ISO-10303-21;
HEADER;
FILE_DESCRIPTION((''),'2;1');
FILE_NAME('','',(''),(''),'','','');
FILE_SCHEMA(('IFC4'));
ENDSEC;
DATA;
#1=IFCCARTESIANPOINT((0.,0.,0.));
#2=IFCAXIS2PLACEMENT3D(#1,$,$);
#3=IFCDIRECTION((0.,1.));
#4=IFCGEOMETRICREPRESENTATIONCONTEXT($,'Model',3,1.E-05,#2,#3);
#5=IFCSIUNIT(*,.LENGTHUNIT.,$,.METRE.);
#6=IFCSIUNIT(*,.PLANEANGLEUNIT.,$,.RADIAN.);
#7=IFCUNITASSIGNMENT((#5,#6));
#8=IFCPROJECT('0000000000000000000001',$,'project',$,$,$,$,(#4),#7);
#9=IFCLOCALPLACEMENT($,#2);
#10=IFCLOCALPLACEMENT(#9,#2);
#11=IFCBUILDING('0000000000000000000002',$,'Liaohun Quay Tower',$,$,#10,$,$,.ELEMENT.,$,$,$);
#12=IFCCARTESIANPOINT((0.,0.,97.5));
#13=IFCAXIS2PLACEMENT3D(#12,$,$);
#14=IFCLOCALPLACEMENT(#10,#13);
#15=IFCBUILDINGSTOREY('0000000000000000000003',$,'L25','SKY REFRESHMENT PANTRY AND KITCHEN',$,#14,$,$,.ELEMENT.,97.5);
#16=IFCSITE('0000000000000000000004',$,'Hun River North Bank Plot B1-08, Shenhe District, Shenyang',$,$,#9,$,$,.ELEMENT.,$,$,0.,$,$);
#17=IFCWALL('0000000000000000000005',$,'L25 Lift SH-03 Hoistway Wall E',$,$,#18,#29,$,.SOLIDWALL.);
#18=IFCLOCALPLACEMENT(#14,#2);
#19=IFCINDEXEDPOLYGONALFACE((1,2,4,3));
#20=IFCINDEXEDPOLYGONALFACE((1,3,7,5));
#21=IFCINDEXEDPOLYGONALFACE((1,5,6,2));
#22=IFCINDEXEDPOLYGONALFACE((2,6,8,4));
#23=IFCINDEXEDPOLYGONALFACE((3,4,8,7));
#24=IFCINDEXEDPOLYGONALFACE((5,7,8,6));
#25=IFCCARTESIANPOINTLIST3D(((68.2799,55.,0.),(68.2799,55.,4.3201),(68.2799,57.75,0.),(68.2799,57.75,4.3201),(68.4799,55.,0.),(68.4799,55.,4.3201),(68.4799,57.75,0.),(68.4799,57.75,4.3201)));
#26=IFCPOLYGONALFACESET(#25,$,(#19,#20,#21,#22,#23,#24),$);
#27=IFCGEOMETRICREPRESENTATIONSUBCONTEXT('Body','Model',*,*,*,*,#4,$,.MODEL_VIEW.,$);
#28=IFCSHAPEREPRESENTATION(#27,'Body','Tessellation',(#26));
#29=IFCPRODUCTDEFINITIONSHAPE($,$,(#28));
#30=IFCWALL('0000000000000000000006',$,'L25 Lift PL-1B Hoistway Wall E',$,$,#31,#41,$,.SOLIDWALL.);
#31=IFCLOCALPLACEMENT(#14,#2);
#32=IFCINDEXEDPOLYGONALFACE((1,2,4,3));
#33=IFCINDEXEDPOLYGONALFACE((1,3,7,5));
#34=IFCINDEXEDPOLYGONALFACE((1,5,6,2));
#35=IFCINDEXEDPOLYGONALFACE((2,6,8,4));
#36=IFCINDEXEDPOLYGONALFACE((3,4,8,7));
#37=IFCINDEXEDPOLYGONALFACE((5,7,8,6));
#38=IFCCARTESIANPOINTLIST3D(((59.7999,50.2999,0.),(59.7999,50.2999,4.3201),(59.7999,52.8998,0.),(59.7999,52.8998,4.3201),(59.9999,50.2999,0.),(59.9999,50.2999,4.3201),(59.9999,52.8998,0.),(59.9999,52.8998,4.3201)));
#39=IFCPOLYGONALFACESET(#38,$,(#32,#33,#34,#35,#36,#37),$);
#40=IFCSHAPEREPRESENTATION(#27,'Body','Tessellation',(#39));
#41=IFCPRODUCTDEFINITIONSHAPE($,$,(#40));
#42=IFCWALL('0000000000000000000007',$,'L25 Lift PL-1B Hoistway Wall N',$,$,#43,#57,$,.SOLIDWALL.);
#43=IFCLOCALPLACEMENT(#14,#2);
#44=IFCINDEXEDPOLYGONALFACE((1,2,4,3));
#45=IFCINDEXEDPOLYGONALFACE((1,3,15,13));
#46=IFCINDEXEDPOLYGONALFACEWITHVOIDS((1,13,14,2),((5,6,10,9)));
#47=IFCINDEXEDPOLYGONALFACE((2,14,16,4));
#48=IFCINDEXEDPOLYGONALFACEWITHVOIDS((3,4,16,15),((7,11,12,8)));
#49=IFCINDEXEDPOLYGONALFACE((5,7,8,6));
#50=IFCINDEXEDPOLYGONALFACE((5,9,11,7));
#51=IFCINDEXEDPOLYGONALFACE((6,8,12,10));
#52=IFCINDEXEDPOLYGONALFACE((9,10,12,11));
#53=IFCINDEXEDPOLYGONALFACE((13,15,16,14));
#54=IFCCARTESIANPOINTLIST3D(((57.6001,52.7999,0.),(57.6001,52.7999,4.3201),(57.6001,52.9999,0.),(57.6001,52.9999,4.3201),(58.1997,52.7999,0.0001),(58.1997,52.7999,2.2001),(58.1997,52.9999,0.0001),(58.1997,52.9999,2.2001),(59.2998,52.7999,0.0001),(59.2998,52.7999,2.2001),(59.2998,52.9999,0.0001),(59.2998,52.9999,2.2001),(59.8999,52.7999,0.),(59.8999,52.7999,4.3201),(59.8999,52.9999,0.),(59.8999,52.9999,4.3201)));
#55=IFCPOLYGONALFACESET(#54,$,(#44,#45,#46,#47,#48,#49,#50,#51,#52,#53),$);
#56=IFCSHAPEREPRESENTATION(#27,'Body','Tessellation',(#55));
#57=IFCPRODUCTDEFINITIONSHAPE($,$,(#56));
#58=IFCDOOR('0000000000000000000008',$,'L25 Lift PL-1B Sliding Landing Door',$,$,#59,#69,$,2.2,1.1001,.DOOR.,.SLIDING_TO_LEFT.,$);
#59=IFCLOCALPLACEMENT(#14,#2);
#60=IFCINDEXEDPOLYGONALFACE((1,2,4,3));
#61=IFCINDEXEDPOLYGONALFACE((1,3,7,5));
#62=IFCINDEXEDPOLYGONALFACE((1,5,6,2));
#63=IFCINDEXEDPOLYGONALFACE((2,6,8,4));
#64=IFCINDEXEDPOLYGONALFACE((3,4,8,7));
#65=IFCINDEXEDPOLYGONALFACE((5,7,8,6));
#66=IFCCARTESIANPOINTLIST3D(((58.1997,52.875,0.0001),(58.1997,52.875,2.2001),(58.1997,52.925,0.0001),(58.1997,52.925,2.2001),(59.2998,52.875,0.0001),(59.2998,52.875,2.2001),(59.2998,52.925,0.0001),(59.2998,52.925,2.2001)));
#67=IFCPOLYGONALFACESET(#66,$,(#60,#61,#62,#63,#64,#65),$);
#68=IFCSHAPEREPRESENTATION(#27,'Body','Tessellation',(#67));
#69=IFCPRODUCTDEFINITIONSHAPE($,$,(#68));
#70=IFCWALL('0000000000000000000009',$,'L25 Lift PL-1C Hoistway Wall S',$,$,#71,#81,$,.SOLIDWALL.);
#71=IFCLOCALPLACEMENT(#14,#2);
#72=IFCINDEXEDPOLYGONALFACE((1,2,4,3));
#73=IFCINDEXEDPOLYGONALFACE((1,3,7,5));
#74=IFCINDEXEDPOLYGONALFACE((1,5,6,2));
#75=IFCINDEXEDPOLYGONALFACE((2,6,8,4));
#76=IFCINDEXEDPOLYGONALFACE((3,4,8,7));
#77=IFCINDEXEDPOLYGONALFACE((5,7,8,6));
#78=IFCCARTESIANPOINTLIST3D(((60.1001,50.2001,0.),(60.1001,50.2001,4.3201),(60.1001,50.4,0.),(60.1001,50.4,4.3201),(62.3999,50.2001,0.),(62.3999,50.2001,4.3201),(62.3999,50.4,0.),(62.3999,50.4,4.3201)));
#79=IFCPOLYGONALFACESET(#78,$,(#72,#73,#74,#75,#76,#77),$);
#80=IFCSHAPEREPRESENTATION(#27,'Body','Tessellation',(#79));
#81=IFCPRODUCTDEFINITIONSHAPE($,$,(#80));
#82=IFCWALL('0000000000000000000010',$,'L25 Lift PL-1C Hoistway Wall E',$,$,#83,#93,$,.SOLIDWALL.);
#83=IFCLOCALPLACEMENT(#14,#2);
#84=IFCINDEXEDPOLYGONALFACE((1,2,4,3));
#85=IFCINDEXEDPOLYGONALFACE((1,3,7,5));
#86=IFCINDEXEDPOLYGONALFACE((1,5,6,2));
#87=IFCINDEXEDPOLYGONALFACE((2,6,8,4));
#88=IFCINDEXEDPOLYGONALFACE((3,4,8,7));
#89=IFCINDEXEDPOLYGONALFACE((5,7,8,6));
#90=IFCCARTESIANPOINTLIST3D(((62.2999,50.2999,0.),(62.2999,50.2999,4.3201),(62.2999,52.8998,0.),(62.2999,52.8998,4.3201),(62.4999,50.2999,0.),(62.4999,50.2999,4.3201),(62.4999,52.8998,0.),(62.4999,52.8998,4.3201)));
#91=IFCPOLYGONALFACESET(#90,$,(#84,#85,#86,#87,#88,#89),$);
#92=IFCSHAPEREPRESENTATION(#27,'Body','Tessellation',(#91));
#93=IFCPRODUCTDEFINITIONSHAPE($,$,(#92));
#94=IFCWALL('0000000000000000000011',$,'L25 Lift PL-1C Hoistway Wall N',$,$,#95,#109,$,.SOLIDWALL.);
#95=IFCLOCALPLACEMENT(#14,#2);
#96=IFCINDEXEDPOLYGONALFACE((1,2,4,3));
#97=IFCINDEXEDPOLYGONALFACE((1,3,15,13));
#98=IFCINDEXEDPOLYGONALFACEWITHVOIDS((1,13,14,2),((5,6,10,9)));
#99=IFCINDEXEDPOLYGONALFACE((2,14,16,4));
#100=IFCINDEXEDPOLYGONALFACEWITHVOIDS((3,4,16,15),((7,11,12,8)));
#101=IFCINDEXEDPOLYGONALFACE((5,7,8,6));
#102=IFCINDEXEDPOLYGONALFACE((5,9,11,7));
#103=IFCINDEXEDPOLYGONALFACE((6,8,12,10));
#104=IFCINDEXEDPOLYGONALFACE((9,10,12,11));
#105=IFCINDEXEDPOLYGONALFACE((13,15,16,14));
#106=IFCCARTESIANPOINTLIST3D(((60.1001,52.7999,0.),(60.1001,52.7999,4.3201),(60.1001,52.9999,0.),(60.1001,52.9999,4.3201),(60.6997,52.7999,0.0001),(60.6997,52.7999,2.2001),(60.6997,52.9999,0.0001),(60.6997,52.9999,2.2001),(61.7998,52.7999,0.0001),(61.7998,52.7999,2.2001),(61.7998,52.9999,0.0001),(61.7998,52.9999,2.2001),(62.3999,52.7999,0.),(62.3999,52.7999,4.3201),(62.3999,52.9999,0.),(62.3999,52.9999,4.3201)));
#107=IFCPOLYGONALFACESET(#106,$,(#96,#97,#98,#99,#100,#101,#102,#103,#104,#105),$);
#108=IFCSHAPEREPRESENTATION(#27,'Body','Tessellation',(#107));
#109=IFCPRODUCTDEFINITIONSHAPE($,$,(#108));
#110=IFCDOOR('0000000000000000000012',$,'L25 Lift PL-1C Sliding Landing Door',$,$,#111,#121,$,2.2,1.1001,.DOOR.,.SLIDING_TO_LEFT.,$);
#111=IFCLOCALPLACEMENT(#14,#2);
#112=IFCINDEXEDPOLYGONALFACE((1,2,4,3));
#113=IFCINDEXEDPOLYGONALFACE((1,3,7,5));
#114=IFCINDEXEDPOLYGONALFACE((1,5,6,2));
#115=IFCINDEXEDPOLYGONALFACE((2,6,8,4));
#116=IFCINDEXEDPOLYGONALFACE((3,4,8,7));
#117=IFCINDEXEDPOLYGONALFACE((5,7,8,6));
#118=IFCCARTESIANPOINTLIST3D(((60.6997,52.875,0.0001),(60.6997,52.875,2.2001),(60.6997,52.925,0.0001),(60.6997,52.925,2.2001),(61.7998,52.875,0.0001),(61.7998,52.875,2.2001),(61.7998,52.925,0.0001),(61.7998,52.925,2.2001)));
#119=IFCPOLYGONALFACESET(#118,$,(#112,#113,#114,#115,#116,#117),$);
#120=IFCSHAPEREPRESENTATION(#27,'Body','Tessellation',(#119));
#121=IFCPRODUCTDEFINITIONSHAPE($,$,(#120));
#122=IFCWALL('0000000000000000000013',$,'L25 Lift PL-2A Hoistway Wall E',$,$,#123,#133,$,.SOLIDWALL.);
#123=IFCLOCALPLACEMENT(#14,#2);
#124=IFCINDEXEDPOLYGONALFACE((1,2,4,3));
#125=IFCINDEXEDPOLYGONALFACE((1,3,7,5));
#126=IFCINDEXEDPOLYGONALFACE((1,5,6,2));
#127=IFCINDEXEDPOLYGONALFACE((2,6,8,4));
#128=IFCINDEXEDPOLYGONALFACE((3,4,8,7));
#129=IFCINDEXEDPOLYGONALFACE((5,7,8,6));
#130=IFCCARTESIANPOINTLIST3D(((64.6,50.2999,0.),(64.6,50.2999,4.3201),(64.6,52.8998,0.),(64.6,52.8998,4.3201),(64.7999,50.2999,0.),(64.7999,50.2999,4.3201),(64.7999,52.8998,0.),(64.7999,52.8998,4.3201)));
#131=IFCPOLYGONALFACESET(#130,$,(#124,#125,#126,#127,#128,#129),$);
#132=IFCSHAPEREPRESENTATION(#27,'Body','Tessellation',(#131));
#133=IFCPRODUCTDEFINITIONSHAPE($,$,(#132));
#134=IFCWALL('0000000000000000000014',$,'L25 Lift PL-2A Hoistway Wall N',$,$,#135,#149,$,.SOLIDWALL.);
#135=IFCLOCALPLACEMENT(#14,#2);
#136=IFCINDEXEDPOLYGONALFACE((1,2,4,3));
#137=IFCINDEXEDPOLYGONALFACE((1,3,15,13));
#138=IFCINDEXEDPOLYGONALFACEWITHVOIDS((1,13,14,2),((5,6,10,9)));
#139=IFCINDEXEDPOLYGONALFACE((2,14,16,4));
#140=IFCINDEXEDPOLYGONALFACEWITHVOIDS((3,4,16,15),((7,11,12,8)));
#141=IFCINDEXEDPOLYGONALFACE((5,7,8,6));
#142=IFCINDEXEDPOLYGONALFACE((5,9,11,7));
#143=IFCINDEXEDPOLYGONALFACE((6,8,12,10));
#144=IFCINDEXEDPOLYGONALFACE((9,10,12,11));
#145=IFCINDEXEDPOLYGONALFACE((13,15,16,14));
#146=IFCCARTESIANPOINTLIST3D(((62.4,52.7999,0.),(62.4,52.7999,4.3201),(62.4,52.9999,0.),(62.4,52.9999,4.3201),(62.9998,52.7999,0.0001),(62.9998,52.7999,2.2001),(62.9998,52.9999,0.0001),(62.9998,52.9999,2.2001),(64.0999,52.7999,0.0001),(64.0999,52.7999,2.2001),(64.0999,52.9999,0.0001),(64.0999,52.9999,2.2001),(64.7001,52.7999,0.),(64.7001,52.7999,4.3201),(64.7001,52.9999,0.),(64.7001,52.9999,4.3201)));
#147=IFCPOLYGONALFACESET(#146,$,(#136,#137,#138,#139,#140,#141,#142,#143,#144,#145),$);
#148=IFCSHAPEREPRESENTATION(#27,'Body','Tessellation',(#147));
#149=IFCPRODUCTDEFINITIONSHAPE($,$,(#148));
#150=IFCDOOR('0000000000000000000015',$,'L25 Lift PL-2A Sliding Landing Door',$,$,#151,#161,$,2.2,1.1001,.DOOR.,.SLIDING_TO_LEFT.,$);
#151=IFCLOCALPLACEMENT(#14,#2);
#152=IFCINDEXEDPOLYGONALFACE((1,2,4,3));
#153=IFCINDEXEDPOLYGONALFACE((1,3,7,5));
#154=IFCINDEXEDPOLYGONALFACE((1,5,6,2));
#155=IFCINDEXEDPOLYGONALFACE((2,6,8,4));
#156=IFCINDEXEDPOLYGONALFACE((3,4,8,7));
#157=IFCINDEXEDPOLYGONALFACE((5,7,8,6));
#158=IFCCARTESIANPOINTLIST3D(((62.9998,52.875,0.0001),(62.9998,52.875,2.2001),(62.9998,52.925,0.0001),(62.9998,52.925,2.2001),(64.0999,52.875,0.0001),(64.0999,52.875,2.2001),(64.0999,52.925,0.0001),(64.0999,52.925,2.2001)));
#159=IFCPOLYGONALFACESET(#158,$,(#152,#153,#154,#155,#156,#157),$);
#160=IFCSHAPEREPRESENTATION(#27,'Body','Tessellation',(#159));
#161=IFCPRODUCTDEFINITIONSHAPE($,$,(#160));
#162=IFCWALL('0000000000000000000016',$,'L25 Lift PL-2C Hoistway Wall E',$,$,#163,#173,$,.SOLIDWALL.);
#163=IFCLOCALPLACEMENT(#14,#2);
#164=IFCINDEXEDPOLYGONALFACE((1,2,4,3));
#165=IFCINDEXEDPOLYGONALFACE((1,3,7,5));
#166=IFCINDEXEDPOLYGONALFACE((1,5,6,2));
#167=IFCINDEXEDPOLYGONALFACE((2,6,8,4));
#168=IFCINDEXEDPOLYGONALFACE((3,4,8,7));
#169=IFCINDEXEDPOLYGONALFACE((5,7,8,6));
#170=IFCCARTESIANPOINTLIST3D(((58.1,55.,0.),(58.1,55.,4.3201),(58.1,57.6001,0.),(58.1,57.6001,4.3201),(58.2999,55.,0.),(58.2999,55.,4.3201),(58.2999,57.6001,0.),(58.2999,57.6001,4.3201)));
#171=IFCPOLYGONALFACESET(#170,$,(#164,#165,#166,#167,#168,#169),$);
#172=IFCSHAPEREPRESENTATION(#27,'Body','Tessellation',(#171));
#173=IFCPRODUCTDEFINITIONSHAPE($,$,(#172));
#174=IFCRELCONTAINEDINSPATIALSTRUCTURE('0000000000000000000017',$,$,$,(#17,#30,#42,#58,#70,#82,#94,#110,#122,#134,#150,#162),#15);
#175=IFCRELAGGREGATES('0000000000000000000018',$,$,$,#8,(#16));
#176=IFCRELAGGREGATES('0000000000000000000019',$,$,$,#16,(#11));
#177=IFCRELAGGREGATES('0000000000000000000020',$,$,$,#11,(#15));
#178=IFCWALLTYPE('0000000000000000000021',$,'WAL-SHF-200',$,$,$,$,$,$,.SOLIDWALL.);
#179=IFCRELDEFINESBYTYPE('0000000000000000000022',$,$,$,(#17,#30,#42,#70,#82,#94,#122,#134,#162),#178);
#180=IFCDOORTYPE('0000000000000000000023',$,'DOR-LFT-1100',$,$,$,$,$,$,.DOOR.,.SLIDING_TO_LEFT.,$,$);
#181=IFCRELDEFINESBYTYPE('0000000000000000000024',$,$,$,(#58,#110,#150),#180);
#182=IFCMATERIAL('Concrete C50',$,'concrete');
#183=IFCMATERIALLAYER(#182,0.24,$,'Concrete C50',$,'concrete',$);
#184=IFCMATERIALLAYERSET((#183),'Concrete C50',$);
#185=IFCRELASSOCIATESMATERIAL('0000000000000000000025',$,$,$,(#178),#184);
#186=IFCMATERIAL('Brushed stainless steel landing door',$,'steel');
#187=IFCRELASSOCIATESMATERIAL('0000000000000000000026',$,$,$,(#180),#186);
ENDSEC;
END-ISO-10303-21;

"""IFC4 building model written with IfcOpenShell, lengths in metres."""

from ifc_helpers import new_model, si_unit, direction, frame, frame_2d, origin, place, context, subcontext, project, spatial, rectangle, extrude, source, transform, mapped, material, layer, layer_set, type_object, element, fill, save


model = new_model("IFC4")

# Units and contexts
model_context = context("Model", 3, precision=1e-05, world=origin(), true_north=direction((0.0, 1.0)))
body_context = subcontext(model_context, "Body", "Model", "MODEL_VIEW")
ifc_project = project(units=[si_unit("LENGTHUNIT", "METRE"), si_unit("PLANEANGLEUNIT", "RADIAN")], contexts=[model_context])

# Site, building, storey
site_placement = place(None, origin())
site = spatial("IfcSite", under=ifc_project, at=site_placement, Name="Hun River North Bank Plot B1-08, Shenhe District, Shenyang", CompositionType="ELEMENT", RefElevation=0.0)
building_placement = place(site_placement, origin())
building = spatial("IfcBuilding", under=site, at=building_placement, Name="Liaohun Quay Tower", CompositionType="ELEMENT")
storey_placement = place(building_placement, frame((0.0, 0.0, 97.5)))
storey = spatial("IfcBuildingStorey", under=building, at=storey_placement, Name="L25", Description="SKY REFRESHMENT PANTRY AND KITCHEN", CompositionType="ELEMENT", Elevation=97.5)

# Shared definitions
ifc_material_1 = material(Name="Concrete C50", Category="concrete")
ifc_layer = layer(ifc_material_1, 0.24, Name="Concrete C50", Category="concrete")
ifc_layer_set = layer_set([ifc_layer], Name="Concrete C50")
wall_type = type_object("IfcWallType", Name="WAL-SHF-200", PredefinedType="SOLIDWALL", material=ifc_layer_set)

# Shared definitions
shared_shape_1 = source(origin(), body_context, "Body", "SweptSolid", [
    extrude(rectangle(XDim=1.1001, YDim=2.2, at=frame_2d((0.55, 1.1001))), frame((0.0, 0.1099, 0.0), z_axis=(0.0, -1.0, 0.0), x_axis=(1.0, 0.0, 0.0)), (0.0, 0.0, 1.0), 0.22),
])
ifc_material_2 = material(Name="Brushed stainless steel landing door", Category="steel")
door_type_1 = type_object("IfcDoorType", Name="DOR-LFT-1100", OperationType="SLIDING_TO_LEFT", PredefinedType="DOOR", material=ifc_material_2)
shared_shape_2 = source(origin(), body_context, "Body", "SweptSolid", [
    extrude(rectangle(XDim=1.1001, YDim=2.2, at=frame_2d((0.55, 1.1001))), frame((0.0, 0.0249, 0.0), z_axis=(0.0, -1.0, 0.0), x_axis=(1.0, 0.0, 0.0)), (0.0, 0.0, 1.0), 0.05),
])

# Walls
wall_1_placement = place(storey_placement, frame((68.3799, 55.0, 0.0), z_axis=(0.0, 0.0, 1.0), x_axis=(0.0, 1.0, 0.0)))
element("IfcWall", 1, at=wall_1_placement, inside=storey, type_object=wall_type, Name="L25 Lift SH-03 Hoistway Wall E", PredefinedType="SOLIDWALL", context=body_context, shape_type="SweptSolid", body=[
    extrude(rectangle(XDim=2.75, YDim=0.2, at=frame_2d((1.375, 0.0))), origin(), (0.0, 0.0, 1.0), 4.3201),
])
wall_2_placement = place(storey_placement, frame((59.8999, 50.3, 0.0), z_axis=(0.0, 0.0, 1.0), x_axis=(0.0, 1.0, 0.0)))
element("IfcWall", 2, at=wall_2_placement, inside=storey, type_object=wall_type, Name="L25 Lift PL-1B Hoistway Wall E", PredefinedType="SOLIDWALL", context=body_context, shape_type="SweptSolid", body=[
    extrude(rectangle(XDim=2.5999, YDim=0.2, at=frame_2d((1.2998, 0.0))), origin(), (0.0, 0.0, 1.0), 4.3201),
])

# Wall, opening, door
wall_3_placement = place(storey_placement, frame((59.8999, 52.8999, 0.0), z_axis=(0.0, 0.0, 1.0), x_axis=(-1.0, 0.0, 0.0)))
wall_3 = element("IfcWall", 3, at=wall_3_placement, inside=storey, type_object=wall_type, Name="L25 Lift PL-1B Hoistway Wall N", PredefinedType="SOLIDWALL", context=body_context, shape_type="SweptSolid", body=[
    extrude(rectangle(XDim=2.2998, YDim=0.2, at=frame_2d((1.1499, 0.0))), origin(), (0.0, 0.0, 1.0), 4.3201),
])
opening_1_placement = place(wall_3_placement, frame((0.6001, 0.0, 0.0)))
opening_1 = element("IfcOpeningElement", 4, at=opening_1_placement, cuts=wall_3, PredefinedType="OPENING", context=body_context, shape_type="MappedRepresentation", body=[
    mapped(shared_shape_1, transform((0.0, 0.0, 0.0), x_axis=(1.0, 0.0, 0.0), y_axis=(0.0, 1.0, 0.0), z_axis=(0.0, 0.0, 1.0), scale=1.0)),
])
door_1_placement = place(opening_1_placement, origin())
door_1 = element("IfcDoor", 5, at=door_1_placement, inside=storey, type_object=door_type_1, Name="L25 Lift PL-1B Sliding Landing Door", OperationType="SLIDING_TO_LEFT", OverallHeight=2.2, OverallWidth=1.1001, PredefinedType="DOOR", context=body_context, shape_type="MappedRepresentation", body=[
    mapped(shared_shape_2, transform((0.0, 0.0, 0.0), x_axis=(1.0, 0.0, 0.0), y_axis=(0.0, 1.0, 0.0), z_axis=(0.0, 0.0, 1.0), scale=1.0)),
])
fill(opening_1, door_1)

# Walls
wall_4_placement = place(storey_placement, frame((60.1001, 50.3, 0.0), z_axis=(0.0, 0.0, 1.0), x_axis=(1.0, 0.0, 0.0)))
element("IfcWall", 6, at=wall_4_placement, inside=storey, type_object=wall_type, Name="L25 Lift PL-1C Hoistway Wall S", PredefinedType="SOLIDWALL", context=body_context, shape_type="SweptSolid", body=[
    extrude(rectangle(XDim=2.2998, YDim=0.2, at=frame_2d((1.1499, 0.0))), origin(), (0.0, 0.0, 1.0), 4.3201),
])
wall_5_placement = place(storey_placement, frame((62.3999, 50.3, 0.0), z_axis=(0.0, 0.0, 1.0), x_axis=(0.0, 1.0, 0.0)))
element("IfcWall", 7, at=wall_5_placement, inside=storey, type_object=wall_type, Name="L25 Lift PL-1C Hoistway Wall E", PredefinedType="SOLIDWALL", context=body_context, shape_type="SweptSolid", body=[
    extrude(rectangle(XDim=2.5999, YDim=0.2, at=frame_2d((1.2998, 0.0))), origin(), (0.0, 0.0, 1.0), 4.3201),
])

# Wall, opening, door
wall_6_placement = place(storey_placement, frame((62.3999, 52.8999, 0.0), z_axis=(0.0, 0.0, 1.0), x_axis=(-1.0, 0.0, 0.0)))
wall_6 = element("IfcWall", 8, at=wall_6_placement, inside=storey, type_object=wall_type, Name="L25 Lift PL-1C Hoistway Wall N", PredefinedType="SOLIDWALL", context=body_context, shape_type="SweptSolid", body=[
    extrude(rectangle(XDim=2.2998, YDim=0.2, at=frame_2d((1.1499, 0.0))), origin(), (0.0, 0.0, 1.0), 4.3201),
])
opening_2_placement = place(wall_6_placement, frame((0.6001, 0.0, 0.0)))
opening_2 = element("IfcOpeningElement", 9, at=opening_2_placement, cuts=wall_6, PredefinedType="OPENING", context=body_context, shape_type="MappedRepresentation", body=[
    mapped(shared_shape_1, transform((0.0, 0.0, 0.0), x_axis=(1.0, 0.0, 0.0), y_axis=(0.0, 1.0, 0.0), z_axis=(0.0, 0.0, 1.0), scale=1.0)),
])
door_2_placement = place(opening_2_placement, origin())
door_2 = element("IfcDoor", 10, at=door_2_placement, inside=storey, type_object=door_type_1, Name="L25 Lift PL-1C Sliding Landing Door", OperationType="SLIDING_TO_LEFT", OverallHeight=2.2, OverallWidth=1.1001, PredefinedType="DOOR", context=body_context, shape_type="MappedRepresentation", body=[
    mapped(shared_shape_2, transform((0.0, 0.0, 0.0), x_axis=(1.0, 0.0, 0.0), y_axis=(0.0, 1.0, 0.0), z_axis=(0.0, 0.0, 1.0), scale=1.0)),
])
fill(opening_2, door_2)

# Wall
wall_7_placement = place(storey_placement, frame((64.7, 50.3, 0.0), z_axis=(0.0, 0.0, 1.0), x_axis=(0.0, 1.0, 0.0)))
element("IfcWall", 11, at=wall_7_placement, inside=storey, type_object=wall_type, Name="L25 Lift PL-2A Hoistway Wall E", PredefinedType="SOLIDWALL", context=body_context, shape_type="SweptSolid", body=[
    extrude(rectangle(XDim=2.5999, YDim=0.2, at=frame_2d((1.2998, 0.0))), origin(), (0.0, 0.0, 1.0), 4.3201),
])

# Wall, opening, door
wall_8_placement = place(storey_placement, frame((64.7, 52.8999, 0.0), z_axis=(0.0, 0.0, 1.0), x_axis=(-1.0, 0.0, 0.0)))
wall_8 = element("IfcWall", 12, at=wall_8_placement, inside=storey, type_object=wall_type, Name="L25 Lift PL-2A Hoistway Wall N", PredefinedType="SOLIDWALL", context=body_context, shape_type="SweptSolid", body=[
    extrude(rectangle(XDim=2.3, YDim=0.2, at=frame_2d((1.1499, 0.0))), origin(), (0.0, 0.0, 1.0), 4.3201),
])
opening_3_placement = place(wall_8_placement, frame((0.6001, 0.0, 0.0)))
opening_3 = element("IfcOpeningElement", 13, at=opening_3_placement, cuts=wall_8, PredefinedType="OPENING", context=body_context, shape_type="MappedRepresentation", body=[
    mapped(shared_shape_1, transform((0.0, 0.0, 0.0), x_axis=(1.0, 0.0, 0.0), y_axis=(0.0, 1.0, 0.0), z_axis=(0.0, 0.0, 1.0), scale=1.0)),
])
door_3_placement = place(opening_3_placement, origin())
door_3 = element("IfcDoor", 14, at=door_3_placement, inside=storey, type_object=door_type_1, Name="L25 Lift PL-2A Sliding Landing Door", OperationType="SLIDING_TO_LEFT", OverallHeight=2.2, OverallWidth=1.1001, PredefinedType="DOOR", context=body_context, shape_type="MappedRepresentation", body=[
    mapped(shared_shape_2, transform((0.0, 0.0, 0.0), x_axis=(1.0, 0.0, 0.0), y_axis=(0.0, 1.0, 0.0), z_axis=(0.0, 0.0, 1.0), scale=1.0)),
])
fill(opening_3, door_3)

# Wall
wall_9_placement = place(storey_placement, frame((58.2, 55.0, 0.0), z_axis=(0.0, 0.0, 1.0), x_axis=(0.0, 1.0, 0.0)))
element("IfcWall", 15, at=wall_9_placement, inside=storey, type_object=wall_type, Name="L25 Lift PL-2C Hoistway Wall E", PredefinedType="SOLIDWALL", context=body_context, shape_type="SweptSolid", body=[
    extrude(rectangle(XDim=2.6001, YDim=0.2, at=frame_2d((1.3, 0.0))), origin(), (0.0, 0.0, 1.0), 4.3201),
])

save(model, "model.ifc")
